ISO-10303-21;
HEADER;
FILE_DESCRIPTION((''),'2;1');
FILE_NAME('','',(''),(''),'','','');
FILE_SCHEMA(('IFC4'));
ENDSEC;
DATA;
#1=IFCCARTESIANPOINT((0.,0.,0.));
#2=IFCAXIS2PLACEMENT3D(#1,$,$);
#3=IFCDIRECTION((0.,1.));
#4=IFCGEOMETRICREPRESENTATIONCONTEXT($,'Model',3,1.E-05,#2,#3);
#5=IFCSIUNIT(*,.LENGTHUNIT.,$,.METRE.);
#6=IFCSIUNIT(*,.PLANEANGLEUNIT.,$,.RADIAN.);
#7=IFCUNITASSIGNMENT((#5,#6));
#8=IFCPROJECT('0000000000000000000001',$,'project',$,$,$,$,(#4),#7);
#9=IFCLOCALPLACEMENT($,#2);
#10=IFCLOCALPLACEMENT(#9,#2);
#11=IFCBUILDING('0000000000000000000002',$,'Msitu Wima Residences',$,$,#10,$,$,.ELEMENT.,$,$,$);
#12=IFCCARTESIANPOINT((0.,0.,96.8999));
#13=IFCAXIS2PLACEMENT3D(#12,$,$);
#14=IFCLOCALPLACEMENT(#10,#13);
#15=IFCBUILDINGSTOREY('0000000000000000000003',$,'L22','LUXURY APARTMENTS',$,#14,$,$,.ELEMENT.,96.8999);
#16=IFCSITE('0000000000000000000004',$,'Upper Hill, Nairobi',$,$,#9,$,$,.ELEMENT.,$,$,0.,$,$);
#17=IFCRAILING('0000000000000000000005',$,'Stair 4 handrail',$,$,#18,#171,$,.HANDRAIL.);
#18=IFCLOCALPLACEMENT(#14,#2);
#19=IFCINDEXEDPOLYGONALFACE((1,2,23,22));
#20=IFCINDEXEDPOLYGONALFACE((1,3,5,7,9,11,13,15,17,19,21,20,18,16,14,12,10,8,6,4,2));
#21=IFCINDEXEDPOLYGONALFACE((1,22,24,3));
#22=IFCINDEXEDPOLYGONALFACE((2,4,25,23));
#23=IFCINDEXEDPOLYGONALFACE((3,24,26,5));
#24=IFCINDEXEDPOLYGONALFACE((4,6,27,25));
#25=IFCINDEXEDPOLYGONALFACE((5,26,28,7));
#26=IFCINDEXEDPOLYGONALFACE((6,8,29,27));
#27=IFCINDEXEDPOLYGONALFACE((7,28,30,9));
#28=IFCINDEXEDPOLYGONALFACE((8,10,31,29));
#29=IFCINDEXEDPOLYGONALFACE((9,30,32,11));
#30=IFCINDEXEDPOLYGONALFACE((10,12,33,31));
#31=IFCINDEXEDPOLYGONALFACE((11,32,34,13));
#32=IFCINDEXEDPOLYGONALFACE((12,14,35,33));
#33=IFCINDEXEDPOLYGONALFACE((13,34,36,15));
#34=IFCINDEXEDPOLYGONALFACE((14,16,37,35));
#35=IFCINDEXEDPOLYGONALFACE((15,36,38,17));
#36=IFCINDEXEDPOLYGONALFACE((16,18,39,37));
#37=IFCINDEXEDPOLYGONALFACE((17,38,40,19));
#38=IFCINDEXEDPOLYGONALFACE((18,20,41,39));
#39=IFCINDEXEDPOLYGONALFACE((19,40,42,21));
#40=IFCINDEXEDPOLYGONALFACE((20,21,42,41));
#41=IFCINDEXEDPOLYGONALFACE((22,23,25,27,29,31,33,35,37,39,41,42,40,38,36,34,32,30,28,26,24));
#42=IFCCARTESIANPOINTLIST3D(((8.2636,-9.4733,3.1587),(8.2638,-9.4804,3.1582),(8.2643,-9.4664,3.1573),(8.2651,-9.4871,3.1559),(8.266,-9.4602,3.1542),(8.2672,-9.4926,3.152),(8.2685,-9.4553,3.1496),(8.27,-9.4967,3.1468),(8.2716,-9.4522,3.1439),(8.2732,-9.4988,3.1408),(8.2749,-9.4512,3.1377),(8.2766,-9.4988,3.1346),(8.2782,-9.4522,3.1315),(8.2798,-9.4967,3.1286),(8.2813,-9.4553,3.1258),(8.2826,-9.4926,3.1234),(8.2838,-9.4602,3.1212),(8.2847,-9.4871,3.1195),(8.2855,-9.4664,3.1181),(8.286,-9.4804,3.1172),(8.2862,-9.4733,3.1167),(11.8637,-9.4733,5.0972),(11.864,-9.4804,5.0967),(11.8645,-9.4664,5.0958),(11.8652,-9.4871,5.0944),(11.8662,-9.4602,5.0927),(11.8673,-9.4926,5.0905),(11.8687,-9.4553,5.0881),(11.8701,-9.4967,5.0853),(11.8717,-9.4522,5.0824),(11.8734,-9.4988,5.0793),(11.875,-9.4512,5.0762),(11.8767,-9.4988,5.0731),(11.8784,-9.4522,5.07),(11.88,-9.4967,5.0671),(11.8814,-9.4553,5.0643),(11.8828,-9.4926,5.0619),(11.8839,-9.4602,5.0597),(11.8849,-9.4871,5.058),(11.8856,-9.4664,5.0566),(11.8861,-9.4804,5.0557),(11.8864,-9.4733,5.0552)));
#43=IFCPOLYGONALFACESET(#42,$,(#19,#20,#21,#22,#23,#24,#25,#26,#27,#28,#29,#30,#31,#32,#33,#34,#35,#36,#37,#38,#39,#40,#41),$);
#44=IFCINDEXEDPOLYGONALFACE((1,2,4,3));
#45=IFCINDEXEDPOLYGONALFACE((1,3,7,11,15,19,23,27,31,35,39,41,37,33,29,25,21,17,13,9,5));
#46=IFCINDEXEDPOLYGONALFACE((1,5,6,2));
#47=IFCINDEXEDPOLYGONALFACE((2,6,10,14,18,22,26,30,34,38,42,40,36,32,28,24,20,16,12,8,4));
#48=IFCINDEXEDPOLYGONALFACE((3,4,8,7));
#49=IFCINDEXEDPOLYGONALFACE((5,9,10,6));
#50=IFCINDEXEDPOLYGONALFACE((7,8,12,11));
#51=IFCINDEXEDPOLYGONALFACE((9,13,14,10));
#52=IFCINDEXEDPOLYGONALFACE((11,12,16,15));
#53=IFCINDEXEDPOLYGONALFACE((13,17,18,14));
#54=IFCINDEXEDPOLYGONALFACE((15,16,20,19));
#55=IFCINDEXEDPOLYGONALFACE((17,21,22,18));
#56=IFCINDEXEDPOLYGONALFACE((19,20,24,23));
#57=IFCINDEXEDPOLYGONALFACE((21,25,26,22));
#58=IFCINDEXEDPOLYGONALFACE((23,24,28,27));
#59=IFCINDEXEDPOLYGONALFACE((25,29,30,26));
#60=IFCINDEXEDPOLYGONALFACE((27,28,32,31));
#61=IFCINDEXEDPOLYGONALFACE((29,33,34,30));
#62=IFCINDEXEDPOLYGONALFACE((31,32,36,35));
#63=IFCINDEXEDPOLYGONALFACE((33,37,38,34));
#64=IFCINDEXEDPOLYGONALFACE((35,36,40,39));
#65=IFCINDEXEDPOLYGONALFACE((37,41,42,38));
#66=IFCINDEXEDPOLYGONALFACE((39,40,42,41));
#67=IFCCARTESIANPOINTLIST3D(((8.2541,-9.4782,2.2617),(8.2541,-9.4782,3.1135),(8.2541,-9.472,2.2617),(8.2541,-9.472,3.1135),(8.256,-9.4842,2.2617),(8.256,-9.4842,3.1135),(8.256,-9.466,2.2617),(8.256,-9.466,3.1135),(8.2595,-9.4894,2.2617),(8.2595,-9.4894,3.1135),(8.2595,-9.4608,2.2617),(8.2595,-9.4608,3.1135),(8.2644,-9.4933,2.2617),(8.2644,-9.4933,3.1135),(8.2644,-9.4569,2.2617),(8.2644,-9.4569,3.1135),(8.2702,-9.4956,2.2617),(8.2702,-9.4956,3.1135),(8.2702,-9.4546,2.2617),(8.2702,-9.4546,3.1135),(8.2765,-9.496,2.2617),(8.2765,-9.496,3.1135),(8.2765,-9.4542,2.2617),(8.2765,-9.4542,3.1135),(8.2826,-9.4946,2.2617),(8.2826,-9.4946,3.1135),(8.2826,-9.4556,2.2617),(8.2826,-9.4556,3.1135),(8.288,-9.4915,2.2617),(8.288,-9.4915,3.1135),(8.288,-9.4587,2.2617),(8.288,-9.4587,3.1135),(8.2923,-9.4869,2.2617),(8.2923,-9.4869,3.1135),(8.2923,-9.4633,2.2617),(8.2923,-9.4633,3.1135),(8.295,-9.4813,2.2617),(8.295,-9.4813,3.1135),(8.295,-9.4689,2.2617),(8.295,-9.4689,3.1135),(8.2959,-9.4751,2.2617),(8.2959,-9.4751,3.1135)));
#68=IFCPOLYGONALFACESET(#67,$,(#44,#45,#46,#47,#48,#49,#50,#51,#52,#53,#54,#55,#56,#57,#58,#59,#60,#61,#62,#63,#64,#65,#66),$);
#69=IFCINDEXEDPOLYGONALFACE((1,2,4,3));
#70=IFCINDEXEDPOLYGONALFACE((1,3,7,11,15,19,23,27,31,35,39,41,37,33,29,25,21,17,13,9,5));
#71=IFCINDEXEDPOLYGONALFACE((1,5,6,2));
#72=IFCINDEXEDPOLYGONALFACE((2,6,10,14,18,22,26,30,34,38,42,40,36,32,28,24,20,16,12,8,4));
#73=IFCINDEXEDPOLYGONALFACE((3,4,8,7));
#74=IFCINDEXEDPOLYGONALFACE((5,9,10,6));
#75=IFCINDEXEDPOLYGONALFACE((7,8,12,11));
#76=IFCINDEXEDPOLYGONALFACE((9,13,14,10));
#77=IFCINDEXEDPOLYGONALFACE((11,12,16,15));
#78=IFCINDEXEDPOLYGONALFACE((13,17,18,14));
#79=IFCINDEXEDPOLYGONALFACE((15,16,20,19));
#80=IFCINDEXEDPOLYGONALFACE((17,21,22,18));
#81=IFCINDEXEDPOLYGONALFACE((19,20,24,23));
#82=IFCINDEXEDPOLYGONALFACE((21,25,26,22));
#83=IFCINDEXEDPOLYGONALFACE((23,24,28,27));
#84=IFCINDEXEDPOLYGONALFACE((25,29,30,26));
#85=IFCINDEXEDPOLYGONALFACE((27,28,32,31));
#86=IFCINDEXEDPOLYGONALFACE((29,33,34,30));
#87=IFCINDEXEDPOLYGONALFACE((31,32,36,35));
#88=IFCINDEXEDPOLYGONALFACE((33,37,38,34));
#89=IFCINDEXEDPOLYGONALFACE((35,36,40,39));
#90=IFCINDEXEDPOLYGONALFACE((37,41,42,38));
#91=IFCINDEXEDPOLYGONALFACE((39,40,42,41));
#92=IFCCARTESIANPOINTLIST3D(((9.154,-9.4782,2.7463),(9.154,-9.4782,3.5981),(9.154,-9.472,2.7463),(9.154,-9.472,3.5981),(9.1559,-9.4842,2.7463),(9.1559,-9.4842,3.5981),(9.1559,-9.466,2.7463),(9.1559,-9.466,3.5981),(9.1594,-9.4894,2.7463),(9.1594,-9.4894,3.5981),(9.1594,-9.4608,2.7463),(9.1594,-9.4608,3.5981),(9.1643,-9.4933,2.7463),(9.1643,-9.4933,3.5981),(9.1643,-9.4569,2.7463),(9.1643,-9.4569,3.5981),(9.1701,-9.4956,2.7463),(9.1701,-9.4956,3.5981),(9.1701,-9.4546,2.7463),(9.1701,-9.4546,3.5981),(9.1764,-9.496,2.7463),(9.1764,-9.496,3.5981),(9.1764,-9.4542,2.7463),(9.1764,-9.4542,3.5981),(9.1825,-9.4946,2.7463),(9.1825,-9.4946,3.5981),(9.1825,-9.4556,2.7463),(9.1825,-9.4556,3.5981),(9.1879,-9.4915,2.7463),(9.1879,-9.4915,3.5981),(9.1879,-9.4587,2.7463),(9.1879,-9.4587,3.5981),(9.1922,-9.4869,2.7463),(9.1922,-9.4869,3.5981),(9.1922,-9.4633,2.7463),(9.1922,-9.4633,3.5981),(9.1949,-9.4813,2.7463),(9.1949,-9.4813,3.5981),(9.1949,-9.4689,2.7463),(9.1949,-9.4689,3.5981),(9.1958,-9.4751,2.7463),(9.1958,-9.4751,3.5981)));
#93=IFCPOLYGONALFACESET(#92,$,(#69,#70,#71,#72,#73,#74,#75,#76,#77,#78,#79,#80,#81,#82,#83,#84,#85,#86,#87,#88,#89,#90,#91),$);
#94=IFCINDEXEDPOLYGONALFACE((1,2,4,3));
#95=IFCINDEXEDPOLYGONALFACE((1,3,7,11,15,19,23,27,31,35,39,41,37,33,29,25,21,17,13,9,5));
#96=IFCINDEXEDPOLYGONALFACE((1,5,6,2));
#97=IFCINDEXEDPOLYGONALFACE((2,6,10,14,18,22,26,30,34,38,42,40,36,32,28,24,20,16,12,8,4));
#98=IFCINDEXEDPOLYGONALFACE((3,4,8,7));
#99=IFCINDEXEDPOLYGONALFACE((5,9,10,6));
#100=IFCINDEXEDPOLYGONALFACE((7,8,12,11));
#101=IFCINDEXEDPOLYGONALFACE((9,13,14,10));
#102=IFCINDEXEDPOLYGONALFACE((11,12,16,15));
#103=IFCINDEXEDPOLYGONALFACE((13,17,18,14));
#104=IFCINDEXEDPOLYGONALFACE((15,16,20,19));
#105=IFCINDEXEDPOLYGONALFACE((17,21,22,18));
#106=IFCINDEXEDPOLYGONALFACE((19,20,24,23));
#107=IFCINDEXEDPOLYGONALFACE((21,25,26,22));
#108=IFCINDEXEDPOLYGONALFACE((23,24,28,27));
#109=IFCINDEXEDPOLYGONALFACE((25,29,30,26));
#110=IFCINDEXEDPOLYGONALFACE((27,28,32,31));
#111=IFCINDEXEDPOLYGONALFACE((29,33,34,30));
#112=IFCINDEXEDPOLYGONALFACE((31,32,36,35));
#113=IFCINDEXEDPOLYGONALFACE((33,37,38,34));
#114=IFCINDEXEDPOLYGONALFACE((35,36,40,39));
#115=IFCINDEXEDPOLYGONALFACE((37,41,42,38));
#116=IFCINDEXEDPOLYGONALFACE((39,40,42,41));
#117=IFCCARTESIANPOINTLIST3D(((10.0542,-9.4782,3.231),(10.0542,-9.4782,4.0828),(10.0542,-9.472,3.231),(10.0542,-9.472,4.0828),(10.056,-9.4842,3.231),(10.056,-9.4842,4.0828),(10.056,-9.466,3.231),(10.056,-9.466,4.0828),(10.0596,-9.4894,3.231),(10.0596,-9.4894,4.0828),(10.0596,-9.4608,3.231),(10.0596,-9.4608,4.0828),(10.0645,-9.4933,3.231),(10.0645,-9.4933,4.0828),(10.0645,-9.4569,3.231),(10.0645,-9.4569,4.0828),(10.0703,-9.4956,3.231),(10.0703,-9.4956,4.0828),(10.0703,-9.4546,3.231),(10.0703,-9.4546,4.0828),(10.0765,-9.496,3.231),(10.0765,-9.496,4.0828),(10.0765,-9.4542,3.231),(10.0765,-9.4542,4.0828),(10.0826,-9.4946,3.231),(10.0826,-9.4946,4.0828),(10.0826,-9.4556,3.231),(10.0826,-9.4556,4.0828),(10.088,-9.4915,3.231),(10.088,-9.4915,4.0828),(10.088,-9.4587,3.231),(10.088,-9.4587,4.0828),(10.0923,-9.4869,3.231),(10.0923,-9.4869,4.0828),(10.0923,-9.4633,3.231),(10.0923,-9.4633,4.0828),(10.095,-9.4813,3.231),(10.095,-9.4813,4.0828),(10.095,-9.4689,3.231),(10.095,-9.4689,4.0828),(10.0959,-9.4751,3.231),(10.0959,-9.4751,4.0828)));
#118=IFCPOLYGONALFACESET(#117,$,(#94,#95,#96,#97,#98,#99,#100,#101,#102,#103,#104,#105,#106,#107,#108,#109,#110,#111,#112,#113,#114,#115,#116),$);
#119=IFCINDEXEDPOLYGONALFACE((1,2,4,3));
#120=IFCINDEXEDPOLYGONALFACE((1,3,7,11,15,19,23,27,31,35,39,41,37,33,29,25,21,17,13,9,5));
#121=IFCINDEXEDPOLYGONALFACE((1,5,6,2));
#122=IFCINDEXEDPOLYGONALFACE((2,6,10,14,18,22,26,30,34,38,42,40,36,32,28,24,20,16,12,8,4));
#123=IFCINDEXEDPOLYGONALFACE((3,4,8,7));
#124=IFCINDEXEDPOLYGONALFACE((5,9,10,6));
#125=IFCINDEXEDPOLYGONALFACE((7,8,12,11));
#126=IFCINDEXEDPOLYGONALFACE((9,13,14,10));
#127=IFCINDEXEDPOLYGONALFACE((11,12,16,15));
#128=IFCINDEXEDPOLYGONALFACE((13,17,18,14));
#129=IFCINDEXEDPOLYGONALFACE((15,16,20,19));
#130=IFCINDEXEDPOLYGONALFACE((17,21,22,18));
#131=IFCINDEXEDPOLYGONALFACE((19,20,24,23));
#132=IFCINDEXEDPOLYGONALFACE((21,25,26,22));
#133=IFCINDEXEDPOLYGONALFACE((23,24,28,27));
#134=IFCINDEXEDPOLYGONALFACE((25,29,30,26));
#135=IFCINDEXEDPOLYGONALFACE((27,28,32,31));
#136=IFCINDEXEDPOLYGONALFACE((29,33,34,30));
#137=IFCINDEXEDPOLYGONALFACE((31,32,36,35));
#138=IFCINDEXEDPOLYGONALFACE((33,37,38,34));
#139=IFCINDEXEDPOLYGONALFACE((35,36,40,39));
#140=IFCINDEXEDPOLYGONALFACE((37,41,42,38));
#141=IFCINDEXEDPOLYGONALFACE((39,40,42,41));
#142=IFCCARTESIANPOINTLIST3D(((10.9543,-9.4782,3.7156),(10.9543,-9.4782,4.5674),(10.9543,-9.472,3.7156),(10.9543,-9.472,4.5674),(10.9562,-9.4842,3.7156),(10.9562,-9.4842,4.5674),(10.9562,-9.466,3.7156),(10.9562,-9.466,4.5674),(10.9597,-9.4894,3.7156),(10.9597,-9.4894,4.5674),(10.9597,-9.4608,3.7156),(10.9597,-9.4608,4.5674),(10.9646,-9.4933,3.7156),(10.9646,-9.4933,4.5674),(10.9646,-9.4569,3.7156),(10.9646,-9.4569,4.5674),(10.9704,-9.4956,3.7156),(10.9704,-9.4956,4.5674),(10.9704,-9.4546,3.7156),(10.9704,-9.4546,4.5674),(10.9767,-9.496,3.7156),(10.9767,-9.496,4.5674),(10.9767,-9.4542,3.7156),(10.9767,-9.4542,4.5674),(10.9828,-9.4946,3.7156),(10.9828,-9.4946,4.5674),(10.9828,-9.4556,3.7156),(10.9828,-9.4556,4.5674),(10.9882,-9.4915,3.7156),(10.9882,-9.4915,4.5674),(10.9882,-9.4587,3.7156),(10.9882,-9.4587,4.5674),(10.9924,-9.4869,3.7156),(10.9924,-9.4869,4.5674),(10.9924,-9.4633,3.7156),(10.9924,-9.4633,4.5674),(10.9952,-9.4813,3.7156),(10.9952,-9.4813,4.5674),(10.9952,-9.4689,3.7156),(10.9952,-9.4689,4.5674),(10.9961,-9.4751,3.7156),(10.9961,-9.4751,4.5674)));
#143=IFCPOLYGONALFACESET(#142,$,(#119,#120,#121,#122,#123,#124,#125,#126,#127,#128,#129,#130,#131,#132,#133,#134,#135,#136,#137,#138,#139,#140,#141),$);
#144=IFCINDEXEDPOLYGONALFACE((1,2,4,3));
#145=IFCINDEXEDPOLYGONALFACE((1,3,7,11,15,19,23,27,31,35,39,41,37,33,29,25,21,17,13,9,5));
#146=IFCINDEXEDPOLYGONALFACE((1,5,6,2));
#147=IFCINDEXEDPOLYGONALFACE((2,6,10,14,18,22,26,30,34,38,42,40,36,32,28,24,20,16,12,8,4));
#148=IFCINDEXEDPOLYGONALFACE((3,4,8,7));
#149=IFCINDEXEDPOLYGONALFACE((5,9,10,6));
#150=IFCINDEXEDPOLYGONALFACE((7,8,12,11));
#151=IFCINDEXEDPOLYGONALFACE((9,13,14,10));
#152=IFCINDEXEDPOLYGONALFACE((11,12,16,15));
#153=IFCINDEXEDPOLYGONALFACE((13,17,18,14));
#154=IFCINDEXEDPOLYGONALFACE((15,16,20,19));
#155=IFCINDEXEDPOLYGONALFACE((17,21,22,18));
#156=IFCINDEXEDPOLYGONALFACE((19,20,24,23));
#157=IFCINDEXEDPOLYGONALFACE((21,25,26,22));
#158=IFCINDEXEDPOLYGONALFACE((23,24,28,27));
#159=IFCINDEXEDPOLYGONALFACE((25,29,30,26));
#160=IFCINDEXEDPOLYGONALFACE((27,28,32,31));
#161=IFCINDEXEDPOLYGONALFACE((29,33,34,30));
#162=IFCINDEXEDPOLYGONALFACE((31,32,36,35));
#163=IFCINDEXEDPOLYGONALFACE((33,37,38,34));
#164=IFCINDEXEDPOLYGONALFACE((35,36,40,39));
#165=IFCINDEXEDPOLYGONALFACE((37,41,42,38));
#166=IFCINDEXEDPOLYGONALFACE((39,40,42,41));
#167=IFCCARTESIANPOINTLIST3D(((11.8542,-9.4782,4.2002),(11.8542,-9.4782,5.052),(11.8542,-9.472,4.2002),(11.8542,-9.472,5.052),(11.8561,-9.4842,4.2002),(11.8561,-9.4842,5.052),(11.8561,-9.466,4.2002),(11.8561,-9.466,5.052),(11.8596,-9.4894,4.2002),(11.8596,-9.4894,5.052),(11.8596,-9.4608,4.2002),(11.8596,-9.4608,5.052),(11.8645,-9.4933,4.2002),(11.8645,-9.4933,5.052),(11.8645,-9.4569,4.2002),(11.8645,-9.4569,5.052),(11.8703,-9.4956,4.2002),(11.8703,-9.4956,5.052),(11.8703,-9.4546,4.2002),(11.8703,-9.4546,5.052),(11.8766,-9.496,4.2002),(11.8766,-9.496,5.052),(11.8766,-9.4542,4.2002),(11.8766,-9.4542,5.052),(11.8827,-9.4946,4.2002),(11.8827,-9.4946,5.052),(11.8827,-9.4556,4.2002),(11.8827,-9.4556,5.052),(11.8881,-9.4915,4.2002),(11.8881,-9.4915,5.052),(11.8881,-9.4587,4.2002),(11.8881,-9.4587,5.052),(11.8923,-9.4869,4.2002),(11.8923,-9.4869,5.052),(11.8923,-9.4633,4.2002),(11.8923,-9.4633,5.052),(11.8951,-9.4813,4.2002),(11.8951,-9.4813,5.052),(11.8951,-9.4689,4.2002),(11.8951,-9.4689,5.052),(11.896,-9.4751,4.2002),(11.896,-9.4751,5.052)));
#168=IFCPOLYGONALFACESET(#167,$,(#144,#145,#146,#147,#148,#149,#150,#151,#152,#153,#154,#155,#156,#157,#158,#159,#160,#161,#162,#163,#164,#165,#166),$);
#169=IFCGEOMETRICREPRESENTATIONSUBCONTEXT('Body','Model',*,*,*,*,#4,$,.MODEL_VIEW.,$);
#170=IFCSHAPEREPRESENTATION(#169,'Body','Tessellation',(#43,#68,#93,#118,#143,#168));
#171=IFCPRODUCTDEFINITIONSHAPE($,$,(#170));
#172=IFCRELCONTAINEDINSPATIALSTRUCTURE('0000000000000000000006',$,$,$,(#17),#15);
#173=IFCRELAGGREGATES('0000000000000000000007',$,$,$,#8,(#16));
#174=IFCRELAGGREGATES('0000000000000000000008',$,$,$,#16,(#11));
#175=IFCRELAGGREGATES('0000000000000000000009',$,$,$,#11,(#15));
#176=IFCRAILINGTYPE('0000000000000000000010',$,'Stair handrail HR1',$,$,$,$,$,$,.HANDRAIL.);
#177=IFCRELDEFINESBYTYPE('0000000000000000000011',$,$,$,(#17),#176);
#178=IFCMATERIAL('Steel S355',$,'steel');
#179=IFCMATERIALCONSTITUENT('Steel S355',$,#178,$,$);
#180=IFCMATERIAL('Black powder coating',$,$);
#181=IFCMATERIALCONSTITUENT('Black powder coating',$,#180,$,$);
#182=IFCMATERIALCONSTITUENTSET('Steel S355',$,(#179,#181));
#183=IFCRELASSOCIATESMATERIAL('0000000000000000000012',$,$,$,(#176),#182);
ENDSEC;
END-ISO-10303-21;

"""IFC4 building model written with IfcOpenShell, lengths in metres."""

from ifc_helpers import new_model, si_unit, direction, frame, origin, origin_2d, place, context, subcontext, project, spatial, circle, extrude, material, constituent, constituent_set, type_object, element, save


model = new_model("IFC4")

# Units and contexts
model_context = context("Model", 3, precision=1e-05, world=origin(), true_north=direction((0.0, 1.0)))
body_context = subcontext(model_context, "Body", "Model", "MODEL_VIEW")
ifc_project = project(units=[si_unit("LENGTHUNIT", "METRE"), si_unit("PLANEANGLEUNIT", "RADIAN")], contexts=[model_context])

# Site, building, storey
site_placement = place(None, origin())
site = spatial("IfcSite", under=ifc_project, at=site_placement, Name="Upper Hill, Nairobi", CompositionType="ELEMENT", RefElevation=0.0)
building_placement = place(site_placement, origin())
building = spatial("IfcBuilding", under=site, at=building_placement, Name="Msitu Wima Residences", CompositionType="ELEMENT")
storey_placement = place(building_placement, frame((0.0, 0.0, 96.8999)))
storey = spatial("IfcBuildingStorey", under=building, at=storey_placement, Name="L22", Description="LUXURY APARTMENTS", CompositionType="ELEMENT", Elevation=96.8999)

# Railing
ifc_material_1 = material(Name="Steel S355", Category="steel")
ifc_constituent_1 = constituent(ifc_material_1, Name="Steel S355")
ifc_material_2 = material(Name="Black powder coating")
ifc_constituent_2 = constituent(ifc_material_2, Name="Black powder coating")
ifc_constituent_set = constituent_set(constituents=[ifc_constituent_1, ifc_constituent_2], Name="Steel S355")
railing_type = type_object("IfcRailingType", Name="Stair handrail HR1", PredefinedType="HANDRAIL", material=ifc_constituent_set)
for number, where, name in (
    (1, (8.2749, -9.4751, 2.2617), "Stair 4 handrail"),
):
    element("IfcRailing", number, at=place(storey_placement, frame(where)), inside=storey, type_object=railing_type, Name=name, PredefinedType="HANDRAIL", context=body_context, shape_type="SweptSolid", body=[
        extrude(circle(Radius=0.0239, at=origin_2d()), frame((0.0, 0.0, 0.876), z_axis=(0.880475, 0.0, 0.474093), x_axis=(0.0, 1.0, 0.0)), (0.0, 0.0, 1.0), 4.0889),
        extrude(circle(Radius=0.021, at=origin_2d()), origin(), (0.0, 0.0, 1.0), 0.8518),
        extrude(circle(Radius=0.021, at=origin_2d()), frame((0.8999, 0.0, 0.4846)), (0.0, 0.0, 1.0), 0.8518),
        extrude(circle(Radius=0.021, at=origin_2d()), frame((1.8, 0.0, 0.9692)), (0.0, 0.0, 1.0), 0.8518),
        extrude(circle(Radius=0.021, at=origin_2d()), frame((2.7002, 0.0, 1.4539)), (0.0, 0.0, 1.0), 0.8518),
        extrude(circle(Radius=0.021, at=origin_2d()), frame((3.6001, 0.0, 1.9385)), (0.0, 0.0, 1.0), 0.8518),
    ])

save(model, "model.ifc")
